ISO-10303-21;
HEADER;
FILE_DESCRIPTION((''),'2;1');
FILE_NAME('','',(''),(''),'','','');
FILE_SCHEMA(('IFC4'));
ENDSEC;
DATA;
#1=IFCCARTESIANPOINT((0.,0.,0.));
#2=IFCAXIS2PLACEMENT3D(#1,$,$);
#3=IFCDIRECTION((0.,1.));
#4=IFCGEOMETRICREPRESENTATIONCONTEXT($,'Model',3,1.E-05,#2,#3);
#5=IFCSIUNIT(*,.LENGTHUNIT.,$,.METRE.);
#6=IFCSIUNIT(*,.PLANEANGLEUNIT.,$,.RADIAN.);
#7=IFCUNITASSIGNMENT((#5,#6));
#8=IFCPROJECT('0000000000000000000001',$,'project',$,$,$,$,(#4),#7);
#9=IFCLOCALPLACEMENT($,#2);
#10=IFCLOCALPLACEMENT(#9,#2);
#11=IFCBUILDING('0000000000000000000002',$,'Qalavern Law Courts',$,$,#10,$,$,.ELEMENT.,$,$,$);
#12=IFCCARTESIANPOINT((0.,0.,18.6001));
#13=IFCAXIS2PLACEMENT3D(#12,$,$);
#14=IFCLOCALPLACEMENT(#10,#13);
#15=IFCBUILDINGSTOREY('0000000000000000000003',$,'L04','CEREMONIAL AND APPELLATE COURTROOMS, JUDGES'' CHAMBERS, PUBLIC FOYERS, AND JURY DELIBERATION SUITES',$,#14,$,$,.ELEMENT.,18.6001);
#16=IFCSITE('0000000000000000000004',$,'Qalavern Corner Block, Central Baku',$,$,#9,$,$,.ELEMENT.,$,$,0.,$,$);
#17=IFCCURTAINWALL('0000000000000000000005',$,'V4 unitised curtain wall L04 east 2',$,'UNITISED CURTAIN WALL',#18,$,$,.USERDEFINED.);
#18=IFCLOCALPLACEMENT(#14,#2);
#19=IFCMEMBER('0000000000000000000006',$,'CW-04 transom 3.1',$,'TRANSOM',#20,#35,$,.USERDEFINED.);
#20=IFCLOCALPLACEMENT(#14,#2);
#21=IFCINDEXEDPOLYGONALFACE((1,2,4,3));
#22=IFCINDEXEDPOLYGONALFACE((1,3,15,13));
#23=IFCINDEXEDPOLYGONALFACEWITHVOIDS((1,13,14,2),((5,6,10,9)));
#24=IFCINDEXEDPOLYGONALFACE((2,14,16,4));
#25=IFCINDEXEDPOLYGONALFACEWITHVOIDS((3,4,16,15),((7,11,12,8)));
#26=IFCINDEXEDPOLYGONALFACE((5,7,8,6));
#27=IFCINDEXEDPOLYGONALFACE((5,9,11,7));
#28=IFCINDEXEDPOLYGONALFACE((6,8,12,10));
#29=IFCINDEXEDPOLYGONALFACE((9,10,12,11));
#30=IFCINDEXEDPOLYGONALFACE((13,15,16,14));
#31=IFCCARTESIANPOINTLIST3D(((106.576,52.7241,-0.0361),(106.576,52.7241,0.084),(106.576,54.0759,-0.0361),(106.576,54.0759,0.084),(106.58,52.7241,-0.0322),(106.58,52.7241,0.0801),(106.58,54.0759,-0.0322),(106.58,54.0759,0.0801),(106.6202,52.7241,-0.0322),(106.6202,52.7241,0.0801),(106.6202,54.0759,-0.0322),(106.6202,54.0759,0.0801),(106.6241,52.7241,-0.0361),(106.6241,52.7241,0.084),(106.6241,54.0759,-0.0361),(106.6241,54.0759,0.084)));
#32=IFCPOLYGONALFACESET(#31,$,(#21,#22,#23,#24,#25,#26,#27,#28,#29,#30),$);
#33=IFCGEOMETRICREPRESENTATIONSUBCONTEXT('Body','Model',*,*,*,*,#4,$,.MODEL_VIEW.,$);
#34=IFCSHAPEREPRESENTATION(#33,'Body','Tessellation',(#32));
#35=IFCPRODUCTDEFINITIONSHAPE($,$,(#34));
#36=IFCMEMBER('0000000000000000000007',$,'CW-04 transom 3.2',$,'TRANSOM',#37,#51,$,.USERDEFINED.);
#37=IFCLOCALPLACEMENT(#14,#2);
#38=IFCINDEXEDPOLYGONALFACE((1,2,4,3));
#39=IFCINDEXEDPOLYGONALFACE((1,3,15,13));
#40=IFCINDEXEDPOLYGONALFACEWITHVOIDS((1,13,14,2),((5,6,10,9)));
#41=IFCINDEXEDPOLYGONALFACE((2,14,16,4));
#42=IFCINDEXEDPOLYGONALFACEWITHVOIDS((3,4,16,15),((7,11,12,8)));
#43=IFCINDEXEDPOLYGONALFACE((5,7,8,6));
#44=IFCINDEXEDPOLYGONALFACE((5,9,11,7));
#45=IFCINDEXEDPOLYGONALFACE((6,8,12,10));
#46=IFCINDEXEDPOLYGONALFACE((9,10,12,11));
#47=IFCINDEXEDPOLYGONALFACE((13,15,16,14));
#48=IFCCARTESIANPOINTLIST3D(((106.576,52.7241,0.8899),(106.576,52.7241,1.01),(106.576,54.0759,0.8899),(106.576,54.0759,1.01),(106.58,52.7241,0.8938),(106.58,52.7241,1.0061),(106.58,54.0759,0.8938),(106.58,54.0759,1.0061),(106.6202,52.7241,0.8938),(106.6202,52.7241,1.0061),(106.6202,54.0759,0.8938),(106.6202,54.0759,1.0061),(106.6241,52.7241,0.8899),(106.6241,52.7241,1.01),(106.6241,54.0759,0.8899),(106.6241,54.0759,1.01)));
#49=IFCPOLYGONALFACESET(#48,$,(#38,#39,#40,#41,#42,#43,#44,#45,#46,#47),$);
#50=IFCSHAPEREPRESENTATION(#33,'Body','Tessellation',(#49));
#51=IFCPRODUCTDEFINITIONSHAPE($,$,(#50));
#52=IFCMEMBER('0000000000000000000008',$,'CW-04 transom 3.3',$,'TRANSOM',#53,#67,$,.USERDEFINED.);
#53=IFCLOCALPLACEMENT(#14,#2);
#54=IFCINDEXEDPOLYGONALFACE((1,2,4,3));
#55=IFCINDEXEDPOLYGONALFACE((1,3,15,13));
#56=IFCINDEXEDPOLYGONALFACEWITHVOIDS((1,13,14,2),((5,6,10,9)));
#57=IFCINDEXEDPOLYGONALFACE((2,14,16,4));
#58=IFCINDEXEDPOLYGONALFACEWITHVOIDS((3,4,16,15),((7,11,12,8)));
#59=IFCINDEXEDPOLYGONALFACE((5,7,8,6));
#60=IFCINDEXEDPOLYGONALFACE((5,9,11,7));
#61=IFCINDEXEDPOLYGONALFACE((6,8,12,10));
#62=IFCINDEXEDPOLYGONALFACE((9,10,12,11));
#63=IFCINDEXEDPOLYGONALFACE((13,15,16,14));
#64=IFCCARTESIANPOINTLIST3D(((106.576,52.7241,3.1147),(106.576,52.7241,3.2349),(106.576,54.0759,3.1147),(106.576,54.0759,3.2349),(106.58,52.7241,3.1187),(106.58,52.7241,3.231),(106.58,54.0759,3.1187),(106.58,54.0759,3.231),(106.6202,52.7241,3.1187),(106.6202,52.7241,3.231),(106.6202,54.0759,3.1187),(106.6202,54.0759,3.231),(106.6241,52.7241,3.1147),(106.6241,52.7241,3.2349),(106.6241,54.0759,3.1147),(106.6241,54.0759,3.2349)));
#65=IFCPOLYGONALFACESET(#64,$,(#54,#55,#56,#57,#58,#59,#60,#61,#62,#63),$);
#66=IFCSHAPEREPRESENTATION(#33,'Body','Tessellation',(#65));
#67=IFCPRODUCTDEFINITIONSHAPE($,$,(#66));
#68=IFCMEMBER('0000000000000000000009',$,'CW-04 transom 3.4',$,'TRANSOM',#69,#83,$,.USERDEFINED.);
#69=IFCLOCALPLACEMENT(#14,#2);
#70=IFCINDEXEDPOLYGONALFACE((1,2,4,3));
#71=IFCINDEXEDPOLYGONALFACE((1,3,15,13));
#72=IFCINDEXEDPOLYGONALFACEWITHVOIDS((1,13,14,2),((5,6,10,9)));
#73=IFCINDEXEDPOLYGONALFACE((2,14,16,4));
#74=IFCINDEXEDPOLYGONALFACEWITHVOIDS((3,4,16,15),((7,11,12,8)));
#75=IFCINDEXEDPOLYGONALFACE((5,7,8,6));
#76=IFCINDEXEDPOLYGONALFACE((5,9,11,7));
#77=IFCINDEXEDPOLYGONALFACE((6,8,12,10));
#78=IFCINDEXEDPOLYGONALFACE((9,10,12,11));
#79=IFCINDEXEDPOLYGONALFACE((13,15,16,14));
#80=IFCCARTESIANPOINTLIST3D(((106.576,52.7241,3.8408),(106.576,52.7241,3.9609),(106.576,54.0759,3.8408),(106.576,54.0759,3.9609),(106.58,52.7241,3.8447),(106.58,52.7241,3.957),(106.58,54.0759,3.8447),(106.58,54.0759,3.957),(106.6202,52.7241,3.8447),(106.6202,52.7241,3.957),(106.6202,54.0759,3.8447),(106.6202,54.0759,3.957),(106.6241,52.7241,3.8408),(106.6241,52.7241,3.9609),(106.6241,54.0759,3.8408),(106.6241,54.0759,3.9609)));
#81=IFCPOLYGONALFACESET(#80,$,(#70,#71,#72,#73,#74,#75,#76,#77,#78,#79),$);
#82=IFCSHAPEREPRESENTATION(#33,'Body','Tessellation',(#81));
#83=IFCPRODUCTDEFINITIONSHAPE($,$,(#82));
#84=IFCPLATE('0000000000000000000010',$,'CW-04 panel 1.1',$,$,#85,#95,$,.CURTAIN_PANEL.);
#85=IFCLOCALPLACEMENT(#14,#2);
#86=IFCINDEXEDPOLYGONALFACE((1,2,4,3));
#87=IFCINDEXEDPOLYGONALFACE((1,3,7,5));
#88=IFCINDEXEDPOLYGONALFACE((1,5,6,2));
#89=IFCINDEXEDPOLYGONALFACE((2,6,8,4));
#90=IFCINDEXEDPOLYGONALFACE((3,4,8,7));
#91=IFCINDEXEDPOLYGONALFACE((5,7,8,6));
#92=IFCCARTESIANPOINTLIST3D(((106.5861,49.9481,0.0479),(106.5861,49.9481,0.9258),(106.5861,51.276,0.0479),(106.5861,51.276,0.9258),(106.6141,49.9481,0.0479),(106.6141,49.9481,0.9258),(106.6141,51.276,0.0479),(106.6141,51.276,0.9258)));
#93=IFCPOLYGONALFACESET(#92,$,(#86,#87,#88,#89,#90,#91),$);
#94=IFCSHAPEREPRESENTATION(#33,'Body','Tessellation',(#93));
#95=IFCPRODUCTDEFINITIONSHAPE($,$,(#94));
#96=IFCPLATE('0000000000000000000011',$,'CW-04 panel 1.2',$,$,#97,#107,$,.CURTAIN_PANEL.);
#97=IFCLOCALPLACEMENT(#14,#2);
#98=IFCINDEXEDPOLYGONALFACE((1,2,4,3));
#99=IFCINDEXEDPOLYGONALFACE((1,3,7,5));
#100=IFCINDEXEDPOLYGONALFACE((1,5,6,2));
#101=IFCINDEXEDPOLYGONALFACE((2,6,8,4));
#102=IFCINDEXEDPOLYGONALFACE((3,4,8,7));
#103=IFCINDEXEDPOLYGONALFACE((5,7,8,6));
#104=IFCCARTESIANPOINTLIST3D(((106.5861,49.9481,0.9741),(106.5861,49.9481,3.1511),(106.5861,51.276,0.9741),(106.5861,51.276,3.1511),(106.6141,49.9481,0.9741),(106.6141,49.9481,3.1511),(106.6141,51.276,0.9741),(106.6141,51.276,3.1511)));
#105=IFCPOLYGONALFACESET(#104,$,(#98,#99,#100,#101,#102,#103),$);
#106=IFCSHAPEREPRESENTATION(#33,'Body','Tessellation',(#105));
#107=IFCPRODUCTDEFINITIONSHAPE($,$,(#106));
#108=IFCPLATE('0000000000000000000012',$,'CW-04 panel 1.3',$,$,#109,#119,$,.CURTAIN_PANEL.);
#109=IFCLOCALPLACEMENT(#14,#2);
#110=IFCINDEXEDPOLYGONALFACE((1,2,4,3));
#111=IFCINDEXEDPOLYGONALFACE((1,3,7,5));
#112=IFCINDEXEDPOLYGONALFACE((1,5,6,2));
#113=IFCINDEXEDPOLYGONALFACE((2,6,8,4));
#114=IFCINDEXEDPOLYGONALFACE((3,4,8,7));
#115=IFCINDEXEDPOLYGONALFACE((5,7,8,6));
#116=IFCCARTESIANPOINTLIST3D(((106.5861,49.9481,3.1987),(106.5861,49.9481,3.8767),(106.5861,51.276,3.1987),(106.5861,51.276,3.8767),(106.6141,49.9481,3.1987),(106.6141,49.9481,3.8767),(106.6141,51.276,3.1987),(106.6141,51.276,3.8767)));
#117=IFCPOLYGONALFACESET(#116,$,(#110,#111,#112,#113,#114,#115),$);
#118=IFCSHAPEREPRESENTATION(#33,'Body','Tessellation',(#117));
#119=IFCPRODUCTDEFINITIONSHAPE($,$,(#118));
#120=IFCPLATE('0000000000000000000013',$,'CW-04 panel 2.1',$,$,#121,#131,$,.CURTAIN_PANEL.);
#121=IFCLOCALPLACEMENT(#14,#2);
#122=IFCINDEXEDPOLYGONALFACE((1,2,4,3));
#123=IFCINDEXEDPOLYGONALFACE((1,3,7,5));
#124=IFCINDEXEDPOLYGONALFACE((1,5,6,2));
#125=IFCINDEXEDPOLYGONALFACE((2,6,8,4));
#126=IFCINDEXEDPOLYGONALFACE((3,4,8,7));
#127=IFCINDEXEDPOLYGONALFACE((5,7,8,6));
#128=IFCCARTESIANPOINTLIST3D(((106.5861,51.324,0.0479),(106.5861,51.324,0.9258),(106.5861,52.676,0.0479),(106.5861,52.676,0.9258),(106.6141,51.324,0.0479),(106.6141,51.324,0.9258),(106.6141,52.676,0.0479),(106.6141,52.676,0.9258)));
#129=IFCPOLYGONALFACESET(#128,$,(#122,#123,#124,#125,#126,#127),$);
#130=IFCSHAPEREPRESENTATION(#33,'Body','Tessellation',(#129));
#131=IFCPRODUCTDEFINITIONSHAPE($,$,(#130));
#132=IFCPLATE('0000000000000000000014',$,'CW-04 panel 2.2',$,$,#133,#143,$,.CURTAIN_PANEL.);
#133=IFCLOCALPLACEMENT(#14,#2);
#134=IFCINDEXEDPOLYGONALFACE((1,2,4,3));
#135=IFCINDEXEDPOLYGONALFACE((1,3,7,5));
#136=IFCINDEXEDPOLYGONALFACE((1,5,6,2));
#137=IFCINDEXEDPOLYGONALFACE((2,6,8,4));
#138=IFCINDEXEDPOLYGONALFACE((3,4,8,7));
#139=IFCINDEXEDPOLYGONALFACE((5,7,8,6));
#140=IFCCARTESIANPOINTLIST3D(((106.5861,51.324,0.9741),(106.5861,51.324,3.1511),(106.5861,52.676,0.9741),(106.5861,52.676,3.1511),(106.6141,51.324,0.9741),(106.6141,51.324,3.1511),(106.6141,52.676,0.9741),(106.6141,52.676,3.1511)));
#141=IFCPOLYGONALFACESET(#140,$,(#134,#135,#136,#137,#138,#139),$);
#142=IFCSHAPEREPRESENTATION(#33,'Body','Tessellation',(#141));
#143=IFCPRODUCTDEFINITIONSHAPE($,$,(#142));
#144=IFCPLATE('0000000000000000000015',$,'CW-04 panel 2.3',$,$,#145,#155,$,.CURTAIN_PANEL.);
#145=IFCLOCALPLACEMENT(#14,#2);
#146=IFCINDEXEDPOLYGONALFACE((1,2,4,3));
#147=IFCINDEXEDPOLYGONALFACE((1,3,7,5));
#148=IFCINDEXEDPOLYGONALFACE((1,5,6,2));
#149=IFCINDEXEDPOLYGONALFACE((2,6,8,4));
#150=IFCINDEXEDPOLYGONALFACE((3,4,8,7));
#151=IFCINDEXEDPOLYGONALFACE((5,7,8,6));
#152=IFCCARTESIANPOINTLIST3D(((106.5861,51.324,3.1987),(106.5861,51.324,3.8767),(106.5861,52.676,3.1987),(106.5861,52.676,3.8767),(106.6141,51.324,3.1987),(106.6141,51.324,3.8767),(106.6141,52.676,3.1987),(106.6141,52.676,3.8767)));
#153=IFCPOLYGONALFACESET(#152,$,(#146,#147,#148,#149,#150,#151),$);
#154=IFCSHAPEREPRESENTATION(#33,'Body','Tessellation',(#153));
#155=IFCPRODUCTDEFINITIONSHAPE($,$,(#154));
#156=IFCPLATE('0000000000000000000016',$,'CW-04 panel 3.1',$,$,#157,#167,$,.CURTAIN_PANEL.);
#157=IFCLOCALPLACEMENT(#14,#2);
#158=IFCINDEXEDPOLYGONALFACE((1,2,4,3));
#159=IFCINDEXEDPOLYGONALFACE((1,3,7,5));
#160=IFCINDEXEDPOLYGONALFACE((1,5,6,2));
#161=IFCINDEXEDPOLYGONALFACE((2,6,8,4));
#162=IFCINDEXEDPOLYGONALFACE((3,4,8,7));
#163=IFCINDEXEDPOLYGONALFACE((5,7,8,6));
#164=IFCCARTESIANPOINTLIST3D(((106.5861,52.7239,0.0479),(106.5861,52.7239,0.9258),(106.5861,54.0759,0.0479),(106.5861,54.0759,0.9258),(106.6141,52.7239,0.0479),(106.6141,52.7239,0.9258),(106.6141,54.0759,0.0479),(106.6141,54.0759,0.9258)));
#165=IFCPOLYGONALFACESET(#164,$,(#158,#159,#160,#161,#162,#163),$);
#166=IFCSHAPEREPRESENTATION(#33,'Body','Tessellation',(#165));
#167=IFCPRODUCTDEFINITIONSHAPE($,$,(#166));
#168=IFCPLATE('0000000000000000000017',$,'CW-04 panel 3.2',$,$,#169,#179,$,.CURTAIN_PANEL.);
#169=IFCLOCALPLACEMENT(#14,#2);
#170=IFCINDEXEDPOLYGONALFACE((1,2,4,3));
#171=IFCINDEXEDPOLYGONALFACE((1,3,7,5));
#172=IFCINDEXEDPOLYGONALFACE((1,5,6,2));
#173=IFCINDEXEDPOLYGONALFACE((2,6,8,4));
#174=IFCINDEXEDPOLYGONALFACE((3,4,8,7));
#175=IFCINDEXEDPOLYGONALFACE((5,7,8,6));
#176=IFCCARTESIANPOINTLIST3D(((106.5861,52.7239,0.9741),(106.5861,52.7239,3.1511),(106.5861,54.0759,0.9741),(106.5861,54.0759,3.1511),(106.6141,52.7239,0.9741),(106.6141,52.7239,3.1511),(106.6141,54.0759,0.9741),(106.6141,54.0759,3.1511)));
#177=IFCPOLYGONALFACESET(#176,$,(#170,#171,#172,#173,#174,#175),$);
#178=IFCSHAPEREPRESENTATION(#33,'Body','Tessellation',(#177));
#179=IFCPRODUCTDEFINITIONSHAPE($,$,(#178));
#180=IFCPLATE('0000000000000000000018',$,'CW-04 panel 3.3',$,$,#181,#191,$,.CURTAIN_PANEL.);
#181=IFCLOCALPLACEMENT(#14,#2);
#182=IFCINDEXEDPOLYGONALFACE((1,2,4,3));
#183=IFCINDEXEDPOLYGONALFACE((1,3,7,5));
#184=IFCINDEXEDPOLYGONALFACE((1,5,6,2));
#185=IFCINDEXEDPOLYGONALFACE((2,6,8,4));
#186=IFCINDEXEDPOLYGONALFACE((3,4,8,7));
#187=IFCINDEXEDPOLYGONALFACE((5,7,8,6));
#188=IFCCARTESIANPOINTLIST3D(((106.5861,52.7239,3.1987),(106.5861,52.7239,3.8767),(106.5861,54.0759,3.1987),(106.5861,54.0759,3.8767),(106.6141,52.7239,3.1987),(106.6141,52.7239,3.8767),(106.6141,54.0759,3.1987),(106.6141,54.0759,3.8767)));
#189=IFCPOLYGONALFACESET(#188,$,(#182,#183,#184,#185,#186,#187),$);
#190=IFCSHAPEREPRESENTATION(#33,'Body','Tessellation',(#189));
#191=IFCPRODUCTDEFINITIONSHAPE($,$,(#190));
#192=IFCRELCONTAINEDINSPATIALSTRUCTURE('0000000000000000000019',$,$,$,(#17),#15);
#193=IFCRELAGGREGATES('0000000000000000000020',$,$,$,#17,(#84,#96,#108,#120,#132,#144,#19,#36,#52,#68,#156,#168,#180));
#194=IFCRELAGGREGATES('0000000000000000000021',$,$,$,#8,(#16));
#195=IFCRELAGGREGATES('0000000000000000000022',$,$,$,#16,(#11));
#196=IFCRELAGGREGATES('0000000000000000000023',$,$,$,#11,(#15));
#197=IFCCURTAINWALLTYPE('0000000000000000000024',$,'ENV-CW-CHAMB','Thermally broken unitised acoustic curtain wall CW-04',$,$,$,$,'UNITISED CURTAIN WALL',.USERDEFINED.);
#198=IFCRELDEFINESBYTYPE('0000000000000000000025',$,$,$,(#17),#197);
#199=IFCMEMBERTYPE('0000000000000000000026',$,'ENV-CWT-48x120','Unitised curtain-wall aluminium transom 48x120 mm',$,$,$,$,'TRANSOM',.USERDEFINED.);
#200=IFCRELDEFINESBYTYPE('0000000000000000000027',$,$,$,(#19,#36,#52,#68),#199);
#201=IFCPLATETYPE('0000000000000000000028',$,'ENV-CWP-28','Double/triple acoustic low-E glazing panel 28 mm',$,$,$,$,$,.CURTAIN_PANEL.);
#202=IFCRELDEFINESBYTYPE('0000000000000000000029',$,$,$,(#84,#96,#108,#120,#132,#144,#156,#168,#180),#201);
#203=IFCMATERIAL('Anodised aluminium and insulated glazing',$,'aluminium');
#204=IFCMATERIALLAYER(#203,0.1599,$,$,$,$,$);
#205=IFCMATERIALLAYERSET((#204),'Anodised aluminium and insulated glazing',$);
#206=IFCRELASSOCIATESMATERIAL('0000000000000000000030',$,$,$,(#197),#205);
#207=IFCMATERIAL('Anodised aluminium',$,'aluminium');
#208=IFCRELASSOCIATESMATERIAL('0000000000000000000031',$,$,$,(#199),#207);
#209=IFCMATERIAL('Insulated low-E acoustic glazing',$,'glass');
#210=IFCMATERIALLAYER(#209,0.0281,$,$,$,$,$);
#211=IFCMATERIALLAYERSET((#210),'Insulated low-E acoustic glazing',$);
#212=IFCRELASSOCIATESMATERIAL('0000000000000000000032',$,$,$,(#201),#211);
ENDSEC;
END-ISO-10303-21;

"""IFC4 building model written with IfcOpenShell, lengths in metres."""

from ifc_helpers import new_model, si_unit, direction, frame, origin, origin_2d, place, context, subcontext, project, spatial, rectangle, hollow_rectangle, extrude, material, layer, layer_set, material_profile, profile_set, type_object, element, aggregate, save


model = new_model("IFC4")

# Units and contexts
model_context = context("Model", 3, precision=1e-05, world=origin(), true_north=direction((0.0, 1.0)))
body_context = subcontext(model_context, "Body", "Model", "MODEL_VIEW")
ifc_project = project(units=[si_unit("LENGTHUNIT", "METRE"), si_unit("PLANEANGLEUNIT", "RADIAN")], contexts=[model_context])

# Site, building, storey
site_placement = place(None, origin())
site = spatial("IfcSite", under=ifc_project, at=site_placement, Name="Qalavern Corner Block, Central Baku", CompositionType="ELEMENT", RefElevation=0.0)
building_placement = place(site_placement, origin())
building = spatial("IfcBuilding", under=site, at=building_placement, Name="Qalavern Law Courts", CompositionType="ELEMENT")
storey_placement = place(building_placement, frame((0.0, 0.0, 18.6001)))
storey = spatial("IfcBuildingStorey", under=building, at=storey_placement, Name="L04", Description="CEREMONIAL AND APPELLATE COURTROOMS, JUDGES' CHAMBERS, PUBLIC FOYERS, AND JURY DELIBERATION SUITES", CompositionType="ELEMENT", Elevation=18.6001)

# Curtain wall, members, plates
ifc_material_1 = material(Name="Anodised aluminium and insulated glazing", Category="aluminium")
ifc_layer_1 = layer(ifc_material_1, 0.1599)
ifc_layer_set_1 = layer_set([ifc_layer_1], Name="Anodised aluminium and insulated glazing")
curtain_wall_type = type_object("IfcCurtainWallType", Name="ENV-CW-CHAMB", Description="Thermally broken unitised acoustic curtain wall CW-04", ElementType="UNITISED CURTAIN WALL", PredefinedType="USERDEFINED", material=ifc_layer_set_1)
curtain_wall_placement = place(storey_placement, origin())
curtain_wall = element("IfcCurtainWall", 1, at=curtain_wall_placement, inside=storey, type_object=curtain_wall_type, Name="V4 unitised curtain wall L04 east 2", ObjectType="UNITISED CURTAIN WALL", PredefinedType="USERDEFINED")
ifc_material_2 = material(Name="Anodised aluminium", Category="aluminium")
ifc_material_profile_1 = material_profile(ifc_material_2, hollow_rectangle(XDim=0.0481, YDim=0.1201, WallThickness=0.0039, at=origin_2d()), Name="ALU TRANSOM 48x120")
ifc_profile_set_1 = profile_set([ifc_material_profile_1], Name="Anodised aluminium")
member_type_1 = type_object("IfcMemberType", Name="ENV-CWT-48x120", Description="Unitised curtain-wall aluminium transom 48x120 mm", ElementType="TRANSOM", PredefinedType="USERDEFINED", material=ifc_profile_set_1)
member_1_placement = place(storey_placement, frame((106.6001, 52.7241, 0.0239), z_axis=(0.0, 1.0, 0.0), x_axis=(-1.0, 0.0, 0.0)))
member_1 = element("IfcMember", 2, at=member_1_placement, type_object=member_type_1, Name="CW-04 transom 3.1", ObjectType="TRANSOM", PredefinedType="USERDEFINED", context=body_context, shape_type="SweptSolid", body=[
    extrude(hollow_rectangle(XDim=0.0481, YDim=0.1201, WallThickness=0.0039, at=origin_2d()), origin(), (0.0, 0.0, 1.0), 1.3518),
])
member_2_placement = place(storey_placement, frame((106.6001, 52.7241, 0.95), z_axis=(0.0, 1.0, 0.0), x_axis=(-1.0, 0.0, 0.0)))
member_2 = element("IfcMember", 3, at=member_2_placement, type_object=member_type_1, Name="CW-04 transom 3.2", ObjectType="TRANSOM", PredefinedType="USERDEFINED", context=body_context, shape_type="SweptSolid", body=[
    extrude(hollow_rectangle(XDim=0.0481, YDim=0.1201, WallThickness=0.0039, at=origin_2d()), origin(), (0.0, 0.0, 1.0), 1.3518),
])
member_3_placement = place(storey_placement, frame((106.6001, 52.7241, 3.1748), z_axis=(0.0, 1.0, 0.0), x_axis=(-1.0, 0.0, 0.0)))
member_3 = element("IfcMember", 4, at=member_3_placement, type_object=member_type_1, Name="CW-04 transom 3.3", ObjectType="TRANSOM", PredefinedType="USERDEFINED", context=body_context, shape_type="SweptSolid", body=[
    extrude(hollow_rectangle(XDim=0.0481, YDim=0.1201, WallThickness=0.0039, at=origin_2d()), origin(), (0.0, 0.0, 1.0), 1.3518),
])
member_4_placement = place(storey_placement, frame((106.6001, 52.7241, 3.9009), z_axis=(0.0, 1.0, 0.0), x_axis=(-1.0, 0.0, 0.0)))
member_4 = element("IfcMember", 5, at=member_4_placement, type_object=member_type_1, Name="CW-04 transom 3.4", ObjectType="TRANSOM", PredefinedType="USERDEFINED", context=body_context, shape_type="SweptSolid", body=[
    extrude(hollow_rectangle(XDim=0.0481, YDim=0.1201, WallThickness=0.0039, at=origin_2d()), origin(), (0.0, 0.0, 1.0), 1.3518),
])
ifc_material_3 = material(Name="Insulated low-E acoustic glazing", Category="glass")
ifc_layer_2 = layer(ifc_material_3, 0.0281)
ifc_layer_set_2 = layer_set([ifc_layer_2], Name="Insulated low-E acoustic glazing")
plate_type = type_object("IfcPlateType", Name="ENV-CWP-28", Description="Double/triple acoustic low-E glazing panel 28 mm", PredefinedType="CURTAIN_PANEL", material=ifc_layer_set_2)
plate_1_placement = place(storey_placement, frame((106.6001, 50.6121, 0.0479), z_axis=(0.0, 0.0, 1.0), x_axis=(0.0, 1.0, 0.0)))
plate_1 = element("IfcPlate", 6, at=plate_1_placement, type_object=plate_type, Name="CW-04 panel 1.1", PredefinedType="CURTAIN_PANEL", context=body_context, shape_type="SweptSolid", body=[
    extrude(rectangle(XDim=1.3279, YDim=0.0281, at=origin_2d()), origin(), (0.0, 0.0, 1.0), 0.8779),
])
plate_2_placement = place(storey_placement, frame((106.6001, 50.6121, 0.9741), z_axis=(0.0, 0.0, 1.0), x_axis=(0.0, 1.0, 0.0)))
plate_2 = element("IfcPlate", 7, at=plate_2_placement, type_object=plate_type, Name="CW-04 panel 1.2", PredefinedType="CURTAIN_PANEL", context=body_context, shape_type="SweptSolid", body=[
    extrude(rectangle(XDim=1.3279, YDim=0.0281, at=origin_2d()), origin(), (0.0, 0.0, 1.0), 2.177),
])
plate_3_placement = place(storey_placement, frame((106.6001, 50.6121, 3.1987), z_axis=(0.0, 0.0, 1.0), x_axis=(0.0, 1.0, 0.0)))
plate_3 = element("IfcPlate", 8, at=plate_3_placement, type_object=plate_type, Name="CW-04 panel 1.3", PredefinedType="CURTAIN_PANEL", context=body_context, shape_type="SweptSolid", body=[
    extrude(rectangle(XDim=1.3279, YDim=0.0281, at=origin_2d()), origin(), (0.0, 0.0, 1.0), 0.678),
])
plate_4_placement = place(storey_placement, frame((106.6001, 52.0, 0.0479), z_axis=(0.0, 0.0, 1.0), x_axis=(0.0, 1.0, 0.0)))
plate_4 = element("IfcPlate", 9, at=plate_4_placement, type_object=plate_type, Name="CW-04 panel 2.1", PredefinedType="CURTAIN_PANEL", context=body_context, shape_type="SweptSolid", body=[
    extrude(rectangle(XDim=1.3521, YDim=0.0281, at=origin_2d()), origin(), (0.0, 0.0, 1.0), 0.8779),
])
plate_5_placement = place(storey_placement, frame((106.6001, 52.0, 0.9741), z_axis=(0.0, 0.0, 1.0), x_axis=(0.0, 1.0, 0.0)))
plate_5 = element("IfcPlate", 10, at=plate_5_placement, type_object=plate_type, Name="CW-04 panel 2.2", PredefinedType="CURTAIN_PANEL", context=body_context, shape_type="SweptSolid", body=[
    extrude(rectangle(XDim=1.3521, YDim=0.0281, at=origin_2d()), origin(), (0.0, 0.0, 1.0), 2.177),
])
plate_6_placement = place(storey_placement, frame((106.6001, 52.0, 3.1987), z_axis=(0.0, 0.0, 1.0), x_axis=(0.0, 1.0, 0.0)))
plate_6 = element("IfcPlate", 11, at=plate_6_placement, type_object=plate_type, Name="CW-04 panel 2.3", PredefinedType="CURTAIN_PANEL", context=body_context, shape_type="SweptSolid", body=[
    extrude(rectangle(XDim=1.3521, YDim=0.0281, at=origin_2d()), origin(), (0.0, 0.0, 1.0), 0.678),
])
plate_7_placement = place(storey_placement, frame((106.6001, 53.3999, 0.0479), z_axis=(0.0, 0.0, 1.0), x_axis=(0.0, 1.0, 0.0)))
plate_7 = element("IfcPlate", 12, at=plate_7_placement, type_object=plate_type, Name="CW-04 panel 3.1", PredefinedType="CURTAIN_PANEL", context=body_context, shape_type="SweptSolid", body=[
    extrude(rectangle(XDim=1.3521, YDim=0.0281, at=origin_2d()), origin(), (0.0, 0.0, 1.0), 0.8779),
])
plate_8_placement = place(storey_placement, frame((106.6001, 53.3999, 0.9741), z_axis=(0.0, 0.0, 1.0), x_axis=(0.0, 1.0, 0.0)))
plate_8 = element("IfcPlate", 13, at=plate_8_placement, type_object=plate_type, Name="CW-04 panel 3.2", PredefinedType="CURTAIN_PANEL", context=body_context, shape_type="SweptSolid", body=[
    extrude(rectangle(XDim=1.3521, YDim=0.0281, at=origin_2d()), origin(), (0.0, 0.0, 1.0), 2.177),
])
plate_9_placement = place(storey_placement, frame((106.6001, 53.3999, 3.1987), z_axis=(0.0, 0.0, 1.0), x_axis=(0.0, 1.0, 0.0)))
plate_9 = element("IfcPlate", 14, at=plate_9_placement, type_object=plate_type, Name="CW-04 panel 3.3", PredefinedType="CURTAIN_PANEL", context=body_context, shape_type="SweptSolid", body=[
    extrude(rectangle(XDim=1.3521, YDim=0.0281, at=origin_2d()), origin(), (0.0, 0.0, 1.0), 0.678),
])
aggregate(curtain_wall, [plate_1, plate_2, plate_3, plate_4, plate_5, plate_6, member_1, member_2, member_3, member_4, plate_7, plate_8, plate_9])

save(model, "model.ifc")
